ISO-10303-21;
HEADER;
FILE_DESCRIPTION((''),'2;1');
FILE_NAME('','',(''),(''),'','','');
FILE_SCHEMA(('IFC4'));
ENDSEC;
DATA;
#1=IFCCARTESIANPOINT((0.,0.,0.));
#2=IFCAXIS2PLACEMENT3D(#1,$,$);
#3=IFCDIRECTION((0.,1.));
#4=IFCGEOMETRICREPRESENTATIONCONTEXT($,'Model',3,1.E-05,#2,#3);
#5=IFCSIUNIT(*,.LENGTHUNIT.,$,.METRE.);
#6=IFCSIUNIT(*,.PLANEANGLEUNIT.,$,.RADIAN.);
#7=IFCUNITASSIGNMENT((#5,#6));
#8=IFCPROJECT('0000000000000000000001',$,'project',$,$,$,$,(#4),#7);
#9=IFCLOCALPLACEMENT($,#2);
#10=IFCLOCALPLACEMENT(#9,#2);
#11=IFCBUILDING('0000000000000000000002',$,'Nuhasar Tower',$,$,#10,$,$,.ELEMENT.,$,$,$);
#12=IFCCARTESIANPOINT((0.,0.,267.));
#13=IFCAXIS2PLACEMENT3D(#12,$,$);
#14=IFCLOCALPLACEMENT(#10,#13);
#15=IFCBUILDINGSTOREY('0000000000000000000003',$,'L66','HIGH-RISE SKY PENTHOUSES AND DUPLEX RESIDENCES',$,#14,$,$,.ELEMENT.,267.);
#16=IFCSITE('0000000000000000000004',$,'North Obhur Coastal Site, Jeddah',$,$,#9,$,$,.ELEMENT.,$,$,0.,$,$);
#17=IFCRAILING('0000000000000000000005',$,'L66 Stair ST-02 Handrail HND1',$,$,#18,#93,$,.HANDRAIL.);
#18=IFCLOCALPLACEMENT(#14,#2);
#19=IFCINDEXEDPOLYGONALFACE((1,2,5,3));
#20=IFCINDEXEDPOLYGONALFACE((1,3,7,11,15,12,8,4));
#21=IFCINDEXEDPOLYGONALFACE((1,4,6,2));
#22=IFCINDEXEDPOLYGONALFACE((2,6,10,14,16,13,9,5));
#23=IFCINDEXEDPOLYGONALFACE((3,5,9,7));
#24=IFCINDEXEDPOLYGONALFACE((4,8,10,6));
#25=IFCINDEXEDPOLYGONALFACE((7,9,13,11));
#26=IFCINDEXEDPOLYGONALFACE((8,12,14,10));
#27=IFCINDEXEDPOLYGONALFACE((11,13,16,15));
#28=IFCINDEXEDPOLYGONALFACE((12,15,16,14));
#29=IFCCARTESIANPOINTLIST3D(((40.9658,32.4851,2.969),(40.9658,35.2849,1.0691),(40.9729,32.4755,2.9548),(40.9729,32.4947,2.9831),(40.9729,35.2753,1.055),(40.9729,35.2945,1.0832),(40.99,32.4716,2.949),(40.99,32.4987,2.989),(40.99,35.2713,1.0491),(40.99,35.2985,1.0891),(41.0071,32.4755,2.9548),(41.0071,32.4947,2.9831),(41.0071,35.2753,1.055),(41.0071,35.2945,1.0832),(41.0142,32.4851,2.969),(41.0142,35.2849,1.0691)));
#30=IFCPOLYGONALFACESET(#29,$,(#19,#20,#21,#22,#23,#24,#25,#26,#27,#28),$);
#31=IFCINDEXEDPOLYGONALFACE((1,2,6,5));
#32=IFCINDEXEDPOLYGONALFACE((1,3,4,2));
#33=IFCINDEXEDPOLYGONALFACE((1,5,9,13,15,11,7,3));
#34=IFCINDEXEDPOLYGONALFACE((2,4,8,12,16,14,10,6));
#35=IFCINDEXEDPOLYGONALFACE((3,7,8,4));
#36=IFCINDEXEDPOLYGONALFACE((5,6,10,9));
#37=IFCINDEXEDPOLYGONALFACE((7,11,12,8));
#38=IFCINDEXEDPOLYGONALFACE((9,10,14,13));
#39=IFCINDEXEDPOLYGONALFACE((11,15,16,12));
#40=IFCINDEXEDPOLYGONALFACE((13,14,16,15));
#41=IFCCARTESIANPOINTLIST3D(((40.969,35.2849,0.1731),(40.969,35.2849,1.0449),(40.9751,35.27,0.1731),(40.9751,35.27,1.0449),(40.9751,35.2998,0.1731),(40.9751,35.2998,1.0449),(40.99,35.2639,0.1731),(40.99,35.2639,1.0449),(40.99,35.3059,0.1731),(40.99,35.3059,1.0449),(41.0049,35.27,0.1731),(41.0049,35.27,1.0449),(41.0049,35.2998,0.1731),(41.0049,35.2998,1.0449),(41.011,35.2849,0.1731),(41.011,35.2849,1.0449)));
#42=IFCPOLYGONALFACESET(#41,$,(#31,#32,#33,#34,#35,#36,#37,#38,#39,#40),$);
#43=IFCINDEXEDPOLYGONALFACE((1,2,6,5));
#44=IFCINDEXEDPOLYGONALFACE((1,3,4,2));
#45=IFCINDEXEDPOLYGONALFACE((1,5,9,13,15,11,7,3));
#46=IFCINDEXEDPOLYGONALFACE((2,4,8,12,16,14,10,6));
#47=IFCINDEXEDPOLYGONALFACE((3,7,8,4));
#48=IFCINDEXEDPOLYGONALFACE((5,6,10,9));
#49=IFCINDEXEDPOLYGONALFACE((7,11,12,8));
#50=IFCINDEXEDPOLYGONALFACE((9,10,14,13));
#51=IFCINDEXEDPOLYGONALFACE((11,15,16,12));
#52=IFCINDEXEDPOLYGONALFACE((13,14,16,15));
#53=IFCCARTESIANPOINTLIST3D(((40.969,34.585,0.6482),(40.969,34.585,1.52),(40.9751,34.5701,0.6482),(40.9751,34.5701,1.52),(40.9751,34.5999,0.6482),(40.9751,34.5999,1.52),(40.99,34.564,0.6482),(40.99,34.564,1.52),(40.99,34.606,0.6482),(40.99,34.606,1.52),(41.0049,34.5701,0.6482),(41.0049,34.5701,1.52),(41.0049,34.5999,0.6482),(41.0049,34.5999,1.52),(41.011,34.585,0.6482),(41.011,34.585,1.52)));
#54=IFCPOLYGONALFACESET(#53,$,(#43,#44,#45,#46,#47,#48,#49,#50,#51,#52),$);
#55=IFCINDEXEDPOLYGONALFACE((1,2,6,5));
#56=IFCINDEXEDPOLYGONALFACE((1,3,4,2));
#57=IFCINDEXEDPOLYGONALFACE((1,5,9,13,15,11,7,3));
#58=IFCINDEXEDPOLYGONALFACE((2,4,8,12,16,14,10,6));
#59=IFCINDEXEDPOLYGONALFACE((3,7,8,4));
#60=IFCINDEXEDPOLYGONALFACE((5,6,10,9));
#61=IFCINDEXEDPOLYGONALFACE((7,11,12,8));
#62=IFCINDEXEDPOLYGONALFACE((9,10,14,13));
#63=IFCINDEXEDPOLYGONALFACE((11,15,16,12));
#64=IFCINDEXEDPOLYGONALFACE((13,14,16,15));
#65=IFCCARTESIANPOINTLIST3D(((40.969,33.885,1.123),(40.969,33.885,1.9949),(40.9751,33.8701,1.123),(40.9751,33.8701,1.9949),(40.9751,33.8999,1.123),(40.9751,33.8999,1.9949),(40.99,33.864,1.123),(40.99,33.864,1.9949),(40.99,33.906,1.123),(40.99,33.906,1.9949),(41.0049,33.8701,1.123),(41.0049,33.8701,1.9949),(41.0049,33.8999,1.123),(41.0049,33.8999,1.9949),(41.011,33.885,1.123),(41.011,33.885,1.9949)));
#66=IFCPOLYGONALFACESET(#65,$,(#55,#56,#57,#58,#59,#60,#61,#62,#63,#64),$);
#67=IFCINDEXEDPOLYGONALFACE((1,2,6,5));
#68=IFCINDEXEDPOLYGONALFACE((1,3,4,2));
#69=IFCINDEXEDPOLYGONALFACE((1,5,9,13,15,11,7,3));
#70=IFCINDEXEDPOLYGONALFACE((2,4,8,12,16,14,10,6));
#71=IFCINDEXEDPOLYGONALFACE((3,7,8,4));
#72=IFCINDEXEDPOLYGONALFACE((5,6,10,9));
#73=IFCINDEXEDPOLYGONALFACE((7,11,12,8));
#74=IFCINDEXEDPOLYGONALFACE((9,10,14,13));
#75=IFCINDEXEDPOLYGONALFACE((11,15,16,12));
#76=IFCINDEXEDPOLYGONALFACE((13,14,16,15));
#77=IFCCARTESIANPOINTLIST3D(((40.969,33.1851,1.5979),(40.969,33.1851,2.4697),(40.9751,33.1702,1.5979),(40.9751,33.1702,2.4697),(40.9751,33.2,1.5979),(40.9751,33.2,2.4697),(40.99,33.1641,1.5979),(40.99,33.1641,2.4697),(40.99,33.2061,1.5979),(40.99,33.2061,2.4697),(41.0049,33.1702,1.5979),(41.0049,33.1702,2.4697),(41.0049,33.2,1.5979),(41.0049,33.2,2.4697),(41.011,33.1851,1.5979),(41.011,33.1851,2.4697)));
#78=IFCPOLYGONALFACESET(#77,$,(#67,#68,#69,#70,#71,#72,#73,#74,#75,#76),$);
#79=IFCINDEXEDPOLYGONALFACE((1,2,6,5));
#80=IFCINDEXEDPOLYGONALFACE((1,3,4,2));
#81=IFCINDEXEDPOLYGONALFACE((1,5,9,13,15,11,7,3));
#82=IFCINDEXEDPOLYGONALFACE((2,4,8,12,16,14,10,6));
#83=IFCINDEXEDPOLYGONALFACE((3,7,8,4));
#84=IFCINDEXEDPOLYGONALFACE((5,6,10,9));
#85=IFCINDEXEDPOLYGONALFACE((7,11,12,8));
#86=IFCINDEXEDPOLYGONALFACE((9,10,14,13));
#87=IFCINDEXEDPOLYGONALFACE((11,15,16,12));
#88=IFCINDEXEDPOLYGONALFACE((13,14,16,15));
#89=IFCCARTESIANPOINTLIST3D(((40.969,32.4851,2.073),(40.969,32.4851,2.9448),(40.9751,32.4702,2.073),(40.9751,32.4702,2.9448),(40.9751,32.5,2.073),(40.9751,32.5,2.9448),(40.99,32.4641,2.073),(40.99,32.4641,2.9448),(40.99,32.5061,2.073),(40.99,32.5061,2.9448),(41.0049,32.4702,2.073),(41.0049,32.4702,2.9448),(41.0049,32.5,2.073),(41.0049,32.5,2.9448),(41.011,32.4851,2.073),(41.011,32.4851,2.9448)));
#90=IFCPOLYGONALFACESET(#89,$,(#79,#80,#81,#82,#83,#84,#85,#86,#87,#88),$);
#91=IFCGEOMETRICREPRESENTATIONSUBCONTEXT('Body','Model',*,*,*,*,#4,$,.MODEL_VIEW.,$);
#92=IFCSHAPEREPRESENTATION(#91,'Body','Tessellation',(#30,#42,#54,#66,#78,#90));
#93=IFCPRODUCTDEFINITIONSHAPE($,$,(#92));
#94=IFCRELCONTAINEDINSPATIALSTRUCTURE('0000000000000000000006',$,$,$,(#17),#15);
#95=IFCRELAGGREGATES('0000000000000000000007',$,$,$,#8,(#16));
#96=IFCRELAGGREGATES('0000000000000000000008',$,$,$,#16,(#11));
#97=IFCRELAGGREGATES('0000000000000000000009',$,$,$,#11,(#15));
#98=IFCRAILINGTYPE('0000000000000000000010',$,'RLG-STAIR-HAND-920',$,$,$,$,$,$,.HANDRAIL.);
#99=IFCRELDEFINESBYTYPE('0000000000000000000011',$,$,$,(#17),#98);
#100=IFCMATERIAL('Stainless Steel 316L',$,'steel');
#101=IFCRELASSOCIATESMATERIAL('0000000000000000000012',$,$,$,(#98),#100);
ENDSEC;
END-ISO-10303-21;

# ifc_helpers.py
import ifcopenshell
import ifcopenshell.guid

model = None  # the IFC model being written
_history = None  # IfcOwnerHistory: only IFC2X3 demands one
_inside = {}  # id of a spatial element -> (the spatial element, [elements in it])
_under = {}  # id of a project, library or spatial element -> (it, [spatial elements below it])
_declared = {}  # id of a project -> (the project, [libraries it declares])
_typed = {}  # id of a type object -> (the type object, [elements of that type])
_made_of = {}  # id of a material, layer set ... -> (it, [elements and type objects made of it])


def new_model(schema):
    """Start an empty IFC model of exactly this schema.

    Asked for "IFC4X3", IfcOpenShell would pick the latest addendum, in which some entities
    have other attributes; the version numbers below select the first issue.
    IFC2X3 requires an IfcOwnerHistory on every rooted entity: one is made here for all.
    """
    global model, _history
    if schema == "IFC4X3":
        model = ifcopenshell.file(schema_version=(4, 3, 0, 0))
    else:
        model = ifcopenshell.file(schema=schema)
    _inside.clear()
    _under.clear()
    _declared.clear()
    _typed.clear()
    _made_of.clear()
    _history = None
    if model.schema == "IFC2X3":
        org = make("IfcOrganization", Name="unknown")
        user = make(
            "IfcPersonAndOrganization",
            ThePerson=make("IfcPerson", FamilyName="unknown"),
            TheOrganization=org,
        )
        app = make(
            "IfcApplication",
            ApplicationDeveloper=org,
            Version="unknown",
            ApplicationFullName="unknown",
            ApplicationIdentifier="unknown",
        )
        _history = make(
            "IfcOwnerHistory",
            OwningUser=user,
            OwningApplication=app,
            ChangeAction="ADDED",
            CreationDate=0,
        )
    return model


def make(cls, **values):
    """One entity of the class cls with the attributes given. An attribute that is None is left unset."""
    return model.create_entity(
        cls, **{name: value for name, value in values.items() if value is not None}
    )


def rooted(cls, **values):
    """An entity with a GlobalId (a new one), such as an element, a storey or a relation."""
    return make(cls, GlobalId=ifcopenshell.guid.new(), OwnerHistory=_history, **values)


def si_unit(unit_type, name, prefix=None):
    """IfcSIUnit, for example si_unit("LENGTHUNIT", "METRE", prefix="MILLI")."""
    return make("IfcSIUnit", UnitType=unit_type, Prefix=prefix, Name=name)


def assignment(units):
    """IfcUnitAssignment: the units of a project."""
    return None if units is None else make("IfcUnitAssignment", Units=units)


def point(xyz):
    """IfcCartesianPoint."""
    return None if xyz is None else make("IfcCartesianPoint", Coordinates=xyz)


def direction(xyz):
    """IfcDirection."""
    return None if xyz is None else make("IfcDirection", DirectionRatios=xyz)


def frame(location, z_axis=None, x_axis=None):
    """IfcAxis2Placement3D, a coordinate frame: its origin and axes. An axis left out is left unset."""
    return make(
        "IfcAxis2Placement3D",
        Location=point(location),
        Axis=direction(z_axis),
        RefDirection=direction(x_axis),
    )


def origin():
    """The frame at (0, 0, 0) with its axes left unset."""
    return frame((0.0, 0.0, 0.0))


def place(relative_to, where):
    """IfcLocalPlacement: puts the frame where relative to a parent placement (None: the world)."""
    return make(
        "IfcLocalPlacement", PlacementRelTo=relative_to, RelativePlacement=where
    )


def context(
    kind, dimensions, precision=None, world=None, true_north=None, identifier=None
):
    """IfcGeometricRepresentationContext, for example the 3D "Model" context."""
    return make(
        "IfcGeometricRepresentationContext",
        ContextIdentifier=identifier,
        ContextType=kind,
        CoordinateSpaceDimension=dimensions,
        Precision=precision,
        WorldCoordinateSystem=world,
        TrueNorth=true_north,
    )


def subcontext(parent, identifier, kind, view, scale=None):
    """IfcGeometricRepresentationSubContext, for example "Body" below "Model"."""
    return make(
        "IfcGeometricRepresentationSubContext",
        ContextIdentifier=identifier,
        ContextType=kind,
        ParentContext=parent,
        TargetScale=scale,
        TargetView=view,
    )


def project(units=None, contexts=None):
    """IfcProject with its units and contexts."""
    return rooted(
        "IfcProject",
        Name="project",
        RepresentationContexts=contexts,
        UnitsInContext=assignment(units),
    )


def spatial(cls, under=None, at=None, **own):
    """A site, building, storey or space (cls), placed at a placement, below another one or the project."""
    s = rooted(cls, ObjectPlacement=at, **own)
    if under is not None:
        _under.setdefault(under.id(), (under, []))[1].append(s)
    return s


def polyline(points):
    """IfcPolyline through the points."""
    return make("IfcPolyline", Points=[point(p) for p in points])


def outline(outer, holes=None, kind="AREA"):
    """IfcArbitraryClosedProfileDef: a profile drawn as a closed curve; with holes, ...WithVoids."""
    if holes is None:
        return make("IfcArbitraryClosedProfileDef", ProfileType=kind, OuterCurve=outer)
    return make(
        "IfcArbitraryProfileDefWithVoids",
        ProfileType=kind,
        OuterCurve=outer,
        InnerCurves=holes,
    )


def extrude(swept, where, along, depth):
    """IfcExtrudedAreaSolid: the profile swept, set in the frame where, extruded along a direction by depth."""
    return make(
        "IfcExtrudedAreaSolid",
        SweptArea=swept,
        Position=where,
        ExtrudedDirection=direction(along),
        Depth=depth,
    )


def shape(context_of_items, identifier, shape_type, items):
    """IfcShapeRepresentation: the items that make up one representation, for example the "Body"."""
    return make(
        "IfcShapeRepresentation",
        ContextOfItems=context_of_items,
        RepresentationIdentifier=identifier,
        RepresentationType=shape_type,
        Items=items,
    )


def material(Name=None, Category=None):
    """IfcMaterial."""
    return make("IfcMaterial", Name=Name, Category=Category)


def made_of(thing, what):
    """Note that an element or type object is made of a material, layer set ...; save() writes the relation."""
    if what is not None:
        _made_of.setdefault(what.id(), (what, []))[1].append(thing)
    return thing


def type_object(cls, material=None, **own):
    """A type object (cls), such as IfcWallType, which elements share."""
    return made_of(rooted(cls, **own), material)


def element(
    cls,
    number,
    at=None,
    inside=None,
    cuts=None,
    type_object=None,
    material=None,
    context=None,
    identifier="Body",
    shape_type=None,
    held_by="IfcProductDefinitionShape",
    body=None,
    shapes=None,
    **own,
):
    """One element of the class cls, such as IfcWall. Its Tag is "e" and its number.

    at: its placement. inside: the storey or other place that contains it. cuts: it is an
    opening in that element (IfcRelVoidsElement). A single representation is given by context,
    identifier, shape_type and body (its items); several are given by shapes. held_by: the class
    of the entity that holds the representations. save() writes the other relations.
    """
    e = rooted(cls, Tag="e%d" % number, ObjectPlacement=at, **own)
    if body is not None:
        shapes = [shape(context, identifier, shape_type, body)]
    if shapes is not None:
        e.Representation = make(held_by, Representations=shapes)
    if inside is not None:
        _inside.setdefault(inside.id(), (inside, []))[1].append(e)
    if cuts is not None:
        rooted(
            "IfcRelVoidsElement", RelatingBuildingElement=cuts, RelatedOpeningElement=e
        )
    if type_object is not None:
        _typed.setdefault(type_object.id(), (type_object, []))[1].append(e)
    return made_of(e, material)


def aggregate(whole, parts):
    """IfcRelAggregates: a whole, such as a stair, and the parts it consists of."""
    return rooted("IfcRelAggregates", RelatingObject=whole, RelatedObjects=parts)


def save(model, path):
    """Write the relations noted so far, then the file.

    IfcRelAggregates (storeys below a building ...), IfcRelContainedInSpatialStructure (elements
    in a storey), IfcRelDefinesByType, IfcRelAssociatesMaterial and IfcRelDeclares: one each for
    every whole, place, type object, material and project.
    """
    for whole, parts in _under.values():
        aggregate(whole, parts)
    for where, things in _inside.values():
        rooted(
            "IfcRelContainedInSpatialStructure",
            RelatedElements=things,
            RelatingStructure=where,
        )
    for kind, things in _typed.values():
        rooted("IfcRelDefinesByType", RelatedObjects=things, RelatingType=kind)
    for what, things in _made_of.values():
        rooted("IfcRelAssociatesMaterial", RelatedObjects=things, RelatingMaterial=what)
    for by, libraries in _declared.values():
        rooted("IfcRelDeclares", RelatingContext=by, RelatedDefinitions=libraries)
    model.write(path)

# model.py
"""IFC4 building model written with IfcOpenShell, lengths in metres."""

from ifc_helpers import new_model, si_unit, direction, frame, origin, place, context, subcontext, project, spatial, polyline, outline, extrude, material, type_object, element, save


model = new_model("IFC4")

# Units and contexts
model_context = context("Model", 3, precision=1e-05, world=origin(), true_north=direction((0.0, 1.0)))
body_context = subcontext(model_context, "Body", "Model", "MODEL_VIEW")
ifc_project = project(units=[si_unit("LENGTHUNIT", "METRE"), si_unit("PLANEANGLEUNIT", "RADIAN")], contexts=[model_context])

# Site, building, storey
site_placement = place(None, origin())
site = spatial("IfcSite", under=ifc_project, at=site_placement, Name="North Obhur Coastal Site, Jeddah", CompositionType="ELEMENT", RefElevation=0.0)
building_placement = place(site_placement, origin())
building = spatial("IfcBuilding", under=site, at=building_placement, Name="Nuhasar Tower", CompositionType="ELEMENT")
storey_placement = place(building_placement, frame((0.0, 0.0, 267.0)))
storey = spatial("IfcBuildingStorey", under=building, at=storey_placement, Name="L66", Description="HIGH-RISE SKY PENTHOUSES AND DUPLEX RESIDENCES", CompositionType="ELEMENT", Elevation=267.0)

# Railing
ifc_material_1 = material(Name="Stainless Steel 316L", Category="steel")
railing_type_1 = type_object("IfcRailingType", Name="RLG-STAIR-HAND-920", PredefinedType="HANDRAIL", material=ifc_material_1)
railing_1_placement = place(storey_placement, frame((40.99, 35.2849, 0.1731)))
element("IfcRailing", 1, at=railing_1_placement, inside=storey, type_object=railing_type_1, Name="L66 Stair ST-02 Handrail HND1", PredefinedType="HANDRAIL", context=body_context, shape_type="SweptSolid", body=[
    extrude(outline(polyline([(0.0242, 0.0), (0.0171, 0.0171), (0.0, 0.0242), (-0.0171, 0.0171), (-0.0242, 0.0), (-0.0171, -0.0171), (0.0, -0.0242), (0.0171, -0.0171), (0.0242, 0.0)])), frame((0.0, 0.0, 0.896), z_axis=(0.0, -0.827471, 0.561508), x_axis=(1.0, 0.0, 0.0)), (0.0, 0.0, 1.0), 3.3835),
    extrude(outline(polyline([(0.021, 0.0), (0.0149, 0.0149), (0.0, 0.021), (-0.0149, 0.0149), (-0.021, 0.0), (-0.0149, -0.0149), (0.0, -0.021), (0.0149, -0.0149), (0.021, 0.0)])), origin(), (0.0, 0.0, 1.0), 0.8718),
    extrude(outline(polyline([(0.021, 0.0), (0.0149, 0.0149), (0.0, 0.021), (-0.0149, 0.0149), (-0.021, 0.0), (-0.0149, -0.0149), (0.0, -0.021), (0.0149, -0.0149), (0.021, 0.0)])), frame((0.0, -0.7, 0.4751)), (0.0, 0.0, 1.0), 0.8718),
    extrude(outline(polyline([(0.021, 0.0), (0.0149, 0.0149), (0.0, 0.021), (-0.0149, 0.0149), (-0.021, 0.0), (-0.0149, -0.0149), (0.0, -0.021), (0.0149, -0.0149), (0.021, 0.0)])), frame((0.0, -1.3999, 0.95)), (0.0, 0.0, 1.0), 0.8718),
    extrude(outline(polyline([(0.021, 0.0), (0.0149, 0.0149), (0.0, 0.021), (-0.0149, 0.0149), (-0.021, 0.0), (-0.0149, -0.0149), (0.0, -0.021), (0.0149, -0.0149), (0.021, 0.0)])), frame((0.0, -2.0999, 1.4248)), (0.0, 0.0, 1.0), 0.8718),
    extrude(outline(polyline([(0.021, 0.0), (0.0149, 0.0149), (0.0, 0.021), (-0.0149, 0.0149), (-0.021, 0.0), (-0.0149, -0.0149), (0.0, -0.021), (0.0149, -0.0149), (0.021, 0.0)])), frame((0.0, -2.7998, 1.8999)), (0.0, 0.0, 1.0), 0.8718),
])

save(model, "model.ifc")
